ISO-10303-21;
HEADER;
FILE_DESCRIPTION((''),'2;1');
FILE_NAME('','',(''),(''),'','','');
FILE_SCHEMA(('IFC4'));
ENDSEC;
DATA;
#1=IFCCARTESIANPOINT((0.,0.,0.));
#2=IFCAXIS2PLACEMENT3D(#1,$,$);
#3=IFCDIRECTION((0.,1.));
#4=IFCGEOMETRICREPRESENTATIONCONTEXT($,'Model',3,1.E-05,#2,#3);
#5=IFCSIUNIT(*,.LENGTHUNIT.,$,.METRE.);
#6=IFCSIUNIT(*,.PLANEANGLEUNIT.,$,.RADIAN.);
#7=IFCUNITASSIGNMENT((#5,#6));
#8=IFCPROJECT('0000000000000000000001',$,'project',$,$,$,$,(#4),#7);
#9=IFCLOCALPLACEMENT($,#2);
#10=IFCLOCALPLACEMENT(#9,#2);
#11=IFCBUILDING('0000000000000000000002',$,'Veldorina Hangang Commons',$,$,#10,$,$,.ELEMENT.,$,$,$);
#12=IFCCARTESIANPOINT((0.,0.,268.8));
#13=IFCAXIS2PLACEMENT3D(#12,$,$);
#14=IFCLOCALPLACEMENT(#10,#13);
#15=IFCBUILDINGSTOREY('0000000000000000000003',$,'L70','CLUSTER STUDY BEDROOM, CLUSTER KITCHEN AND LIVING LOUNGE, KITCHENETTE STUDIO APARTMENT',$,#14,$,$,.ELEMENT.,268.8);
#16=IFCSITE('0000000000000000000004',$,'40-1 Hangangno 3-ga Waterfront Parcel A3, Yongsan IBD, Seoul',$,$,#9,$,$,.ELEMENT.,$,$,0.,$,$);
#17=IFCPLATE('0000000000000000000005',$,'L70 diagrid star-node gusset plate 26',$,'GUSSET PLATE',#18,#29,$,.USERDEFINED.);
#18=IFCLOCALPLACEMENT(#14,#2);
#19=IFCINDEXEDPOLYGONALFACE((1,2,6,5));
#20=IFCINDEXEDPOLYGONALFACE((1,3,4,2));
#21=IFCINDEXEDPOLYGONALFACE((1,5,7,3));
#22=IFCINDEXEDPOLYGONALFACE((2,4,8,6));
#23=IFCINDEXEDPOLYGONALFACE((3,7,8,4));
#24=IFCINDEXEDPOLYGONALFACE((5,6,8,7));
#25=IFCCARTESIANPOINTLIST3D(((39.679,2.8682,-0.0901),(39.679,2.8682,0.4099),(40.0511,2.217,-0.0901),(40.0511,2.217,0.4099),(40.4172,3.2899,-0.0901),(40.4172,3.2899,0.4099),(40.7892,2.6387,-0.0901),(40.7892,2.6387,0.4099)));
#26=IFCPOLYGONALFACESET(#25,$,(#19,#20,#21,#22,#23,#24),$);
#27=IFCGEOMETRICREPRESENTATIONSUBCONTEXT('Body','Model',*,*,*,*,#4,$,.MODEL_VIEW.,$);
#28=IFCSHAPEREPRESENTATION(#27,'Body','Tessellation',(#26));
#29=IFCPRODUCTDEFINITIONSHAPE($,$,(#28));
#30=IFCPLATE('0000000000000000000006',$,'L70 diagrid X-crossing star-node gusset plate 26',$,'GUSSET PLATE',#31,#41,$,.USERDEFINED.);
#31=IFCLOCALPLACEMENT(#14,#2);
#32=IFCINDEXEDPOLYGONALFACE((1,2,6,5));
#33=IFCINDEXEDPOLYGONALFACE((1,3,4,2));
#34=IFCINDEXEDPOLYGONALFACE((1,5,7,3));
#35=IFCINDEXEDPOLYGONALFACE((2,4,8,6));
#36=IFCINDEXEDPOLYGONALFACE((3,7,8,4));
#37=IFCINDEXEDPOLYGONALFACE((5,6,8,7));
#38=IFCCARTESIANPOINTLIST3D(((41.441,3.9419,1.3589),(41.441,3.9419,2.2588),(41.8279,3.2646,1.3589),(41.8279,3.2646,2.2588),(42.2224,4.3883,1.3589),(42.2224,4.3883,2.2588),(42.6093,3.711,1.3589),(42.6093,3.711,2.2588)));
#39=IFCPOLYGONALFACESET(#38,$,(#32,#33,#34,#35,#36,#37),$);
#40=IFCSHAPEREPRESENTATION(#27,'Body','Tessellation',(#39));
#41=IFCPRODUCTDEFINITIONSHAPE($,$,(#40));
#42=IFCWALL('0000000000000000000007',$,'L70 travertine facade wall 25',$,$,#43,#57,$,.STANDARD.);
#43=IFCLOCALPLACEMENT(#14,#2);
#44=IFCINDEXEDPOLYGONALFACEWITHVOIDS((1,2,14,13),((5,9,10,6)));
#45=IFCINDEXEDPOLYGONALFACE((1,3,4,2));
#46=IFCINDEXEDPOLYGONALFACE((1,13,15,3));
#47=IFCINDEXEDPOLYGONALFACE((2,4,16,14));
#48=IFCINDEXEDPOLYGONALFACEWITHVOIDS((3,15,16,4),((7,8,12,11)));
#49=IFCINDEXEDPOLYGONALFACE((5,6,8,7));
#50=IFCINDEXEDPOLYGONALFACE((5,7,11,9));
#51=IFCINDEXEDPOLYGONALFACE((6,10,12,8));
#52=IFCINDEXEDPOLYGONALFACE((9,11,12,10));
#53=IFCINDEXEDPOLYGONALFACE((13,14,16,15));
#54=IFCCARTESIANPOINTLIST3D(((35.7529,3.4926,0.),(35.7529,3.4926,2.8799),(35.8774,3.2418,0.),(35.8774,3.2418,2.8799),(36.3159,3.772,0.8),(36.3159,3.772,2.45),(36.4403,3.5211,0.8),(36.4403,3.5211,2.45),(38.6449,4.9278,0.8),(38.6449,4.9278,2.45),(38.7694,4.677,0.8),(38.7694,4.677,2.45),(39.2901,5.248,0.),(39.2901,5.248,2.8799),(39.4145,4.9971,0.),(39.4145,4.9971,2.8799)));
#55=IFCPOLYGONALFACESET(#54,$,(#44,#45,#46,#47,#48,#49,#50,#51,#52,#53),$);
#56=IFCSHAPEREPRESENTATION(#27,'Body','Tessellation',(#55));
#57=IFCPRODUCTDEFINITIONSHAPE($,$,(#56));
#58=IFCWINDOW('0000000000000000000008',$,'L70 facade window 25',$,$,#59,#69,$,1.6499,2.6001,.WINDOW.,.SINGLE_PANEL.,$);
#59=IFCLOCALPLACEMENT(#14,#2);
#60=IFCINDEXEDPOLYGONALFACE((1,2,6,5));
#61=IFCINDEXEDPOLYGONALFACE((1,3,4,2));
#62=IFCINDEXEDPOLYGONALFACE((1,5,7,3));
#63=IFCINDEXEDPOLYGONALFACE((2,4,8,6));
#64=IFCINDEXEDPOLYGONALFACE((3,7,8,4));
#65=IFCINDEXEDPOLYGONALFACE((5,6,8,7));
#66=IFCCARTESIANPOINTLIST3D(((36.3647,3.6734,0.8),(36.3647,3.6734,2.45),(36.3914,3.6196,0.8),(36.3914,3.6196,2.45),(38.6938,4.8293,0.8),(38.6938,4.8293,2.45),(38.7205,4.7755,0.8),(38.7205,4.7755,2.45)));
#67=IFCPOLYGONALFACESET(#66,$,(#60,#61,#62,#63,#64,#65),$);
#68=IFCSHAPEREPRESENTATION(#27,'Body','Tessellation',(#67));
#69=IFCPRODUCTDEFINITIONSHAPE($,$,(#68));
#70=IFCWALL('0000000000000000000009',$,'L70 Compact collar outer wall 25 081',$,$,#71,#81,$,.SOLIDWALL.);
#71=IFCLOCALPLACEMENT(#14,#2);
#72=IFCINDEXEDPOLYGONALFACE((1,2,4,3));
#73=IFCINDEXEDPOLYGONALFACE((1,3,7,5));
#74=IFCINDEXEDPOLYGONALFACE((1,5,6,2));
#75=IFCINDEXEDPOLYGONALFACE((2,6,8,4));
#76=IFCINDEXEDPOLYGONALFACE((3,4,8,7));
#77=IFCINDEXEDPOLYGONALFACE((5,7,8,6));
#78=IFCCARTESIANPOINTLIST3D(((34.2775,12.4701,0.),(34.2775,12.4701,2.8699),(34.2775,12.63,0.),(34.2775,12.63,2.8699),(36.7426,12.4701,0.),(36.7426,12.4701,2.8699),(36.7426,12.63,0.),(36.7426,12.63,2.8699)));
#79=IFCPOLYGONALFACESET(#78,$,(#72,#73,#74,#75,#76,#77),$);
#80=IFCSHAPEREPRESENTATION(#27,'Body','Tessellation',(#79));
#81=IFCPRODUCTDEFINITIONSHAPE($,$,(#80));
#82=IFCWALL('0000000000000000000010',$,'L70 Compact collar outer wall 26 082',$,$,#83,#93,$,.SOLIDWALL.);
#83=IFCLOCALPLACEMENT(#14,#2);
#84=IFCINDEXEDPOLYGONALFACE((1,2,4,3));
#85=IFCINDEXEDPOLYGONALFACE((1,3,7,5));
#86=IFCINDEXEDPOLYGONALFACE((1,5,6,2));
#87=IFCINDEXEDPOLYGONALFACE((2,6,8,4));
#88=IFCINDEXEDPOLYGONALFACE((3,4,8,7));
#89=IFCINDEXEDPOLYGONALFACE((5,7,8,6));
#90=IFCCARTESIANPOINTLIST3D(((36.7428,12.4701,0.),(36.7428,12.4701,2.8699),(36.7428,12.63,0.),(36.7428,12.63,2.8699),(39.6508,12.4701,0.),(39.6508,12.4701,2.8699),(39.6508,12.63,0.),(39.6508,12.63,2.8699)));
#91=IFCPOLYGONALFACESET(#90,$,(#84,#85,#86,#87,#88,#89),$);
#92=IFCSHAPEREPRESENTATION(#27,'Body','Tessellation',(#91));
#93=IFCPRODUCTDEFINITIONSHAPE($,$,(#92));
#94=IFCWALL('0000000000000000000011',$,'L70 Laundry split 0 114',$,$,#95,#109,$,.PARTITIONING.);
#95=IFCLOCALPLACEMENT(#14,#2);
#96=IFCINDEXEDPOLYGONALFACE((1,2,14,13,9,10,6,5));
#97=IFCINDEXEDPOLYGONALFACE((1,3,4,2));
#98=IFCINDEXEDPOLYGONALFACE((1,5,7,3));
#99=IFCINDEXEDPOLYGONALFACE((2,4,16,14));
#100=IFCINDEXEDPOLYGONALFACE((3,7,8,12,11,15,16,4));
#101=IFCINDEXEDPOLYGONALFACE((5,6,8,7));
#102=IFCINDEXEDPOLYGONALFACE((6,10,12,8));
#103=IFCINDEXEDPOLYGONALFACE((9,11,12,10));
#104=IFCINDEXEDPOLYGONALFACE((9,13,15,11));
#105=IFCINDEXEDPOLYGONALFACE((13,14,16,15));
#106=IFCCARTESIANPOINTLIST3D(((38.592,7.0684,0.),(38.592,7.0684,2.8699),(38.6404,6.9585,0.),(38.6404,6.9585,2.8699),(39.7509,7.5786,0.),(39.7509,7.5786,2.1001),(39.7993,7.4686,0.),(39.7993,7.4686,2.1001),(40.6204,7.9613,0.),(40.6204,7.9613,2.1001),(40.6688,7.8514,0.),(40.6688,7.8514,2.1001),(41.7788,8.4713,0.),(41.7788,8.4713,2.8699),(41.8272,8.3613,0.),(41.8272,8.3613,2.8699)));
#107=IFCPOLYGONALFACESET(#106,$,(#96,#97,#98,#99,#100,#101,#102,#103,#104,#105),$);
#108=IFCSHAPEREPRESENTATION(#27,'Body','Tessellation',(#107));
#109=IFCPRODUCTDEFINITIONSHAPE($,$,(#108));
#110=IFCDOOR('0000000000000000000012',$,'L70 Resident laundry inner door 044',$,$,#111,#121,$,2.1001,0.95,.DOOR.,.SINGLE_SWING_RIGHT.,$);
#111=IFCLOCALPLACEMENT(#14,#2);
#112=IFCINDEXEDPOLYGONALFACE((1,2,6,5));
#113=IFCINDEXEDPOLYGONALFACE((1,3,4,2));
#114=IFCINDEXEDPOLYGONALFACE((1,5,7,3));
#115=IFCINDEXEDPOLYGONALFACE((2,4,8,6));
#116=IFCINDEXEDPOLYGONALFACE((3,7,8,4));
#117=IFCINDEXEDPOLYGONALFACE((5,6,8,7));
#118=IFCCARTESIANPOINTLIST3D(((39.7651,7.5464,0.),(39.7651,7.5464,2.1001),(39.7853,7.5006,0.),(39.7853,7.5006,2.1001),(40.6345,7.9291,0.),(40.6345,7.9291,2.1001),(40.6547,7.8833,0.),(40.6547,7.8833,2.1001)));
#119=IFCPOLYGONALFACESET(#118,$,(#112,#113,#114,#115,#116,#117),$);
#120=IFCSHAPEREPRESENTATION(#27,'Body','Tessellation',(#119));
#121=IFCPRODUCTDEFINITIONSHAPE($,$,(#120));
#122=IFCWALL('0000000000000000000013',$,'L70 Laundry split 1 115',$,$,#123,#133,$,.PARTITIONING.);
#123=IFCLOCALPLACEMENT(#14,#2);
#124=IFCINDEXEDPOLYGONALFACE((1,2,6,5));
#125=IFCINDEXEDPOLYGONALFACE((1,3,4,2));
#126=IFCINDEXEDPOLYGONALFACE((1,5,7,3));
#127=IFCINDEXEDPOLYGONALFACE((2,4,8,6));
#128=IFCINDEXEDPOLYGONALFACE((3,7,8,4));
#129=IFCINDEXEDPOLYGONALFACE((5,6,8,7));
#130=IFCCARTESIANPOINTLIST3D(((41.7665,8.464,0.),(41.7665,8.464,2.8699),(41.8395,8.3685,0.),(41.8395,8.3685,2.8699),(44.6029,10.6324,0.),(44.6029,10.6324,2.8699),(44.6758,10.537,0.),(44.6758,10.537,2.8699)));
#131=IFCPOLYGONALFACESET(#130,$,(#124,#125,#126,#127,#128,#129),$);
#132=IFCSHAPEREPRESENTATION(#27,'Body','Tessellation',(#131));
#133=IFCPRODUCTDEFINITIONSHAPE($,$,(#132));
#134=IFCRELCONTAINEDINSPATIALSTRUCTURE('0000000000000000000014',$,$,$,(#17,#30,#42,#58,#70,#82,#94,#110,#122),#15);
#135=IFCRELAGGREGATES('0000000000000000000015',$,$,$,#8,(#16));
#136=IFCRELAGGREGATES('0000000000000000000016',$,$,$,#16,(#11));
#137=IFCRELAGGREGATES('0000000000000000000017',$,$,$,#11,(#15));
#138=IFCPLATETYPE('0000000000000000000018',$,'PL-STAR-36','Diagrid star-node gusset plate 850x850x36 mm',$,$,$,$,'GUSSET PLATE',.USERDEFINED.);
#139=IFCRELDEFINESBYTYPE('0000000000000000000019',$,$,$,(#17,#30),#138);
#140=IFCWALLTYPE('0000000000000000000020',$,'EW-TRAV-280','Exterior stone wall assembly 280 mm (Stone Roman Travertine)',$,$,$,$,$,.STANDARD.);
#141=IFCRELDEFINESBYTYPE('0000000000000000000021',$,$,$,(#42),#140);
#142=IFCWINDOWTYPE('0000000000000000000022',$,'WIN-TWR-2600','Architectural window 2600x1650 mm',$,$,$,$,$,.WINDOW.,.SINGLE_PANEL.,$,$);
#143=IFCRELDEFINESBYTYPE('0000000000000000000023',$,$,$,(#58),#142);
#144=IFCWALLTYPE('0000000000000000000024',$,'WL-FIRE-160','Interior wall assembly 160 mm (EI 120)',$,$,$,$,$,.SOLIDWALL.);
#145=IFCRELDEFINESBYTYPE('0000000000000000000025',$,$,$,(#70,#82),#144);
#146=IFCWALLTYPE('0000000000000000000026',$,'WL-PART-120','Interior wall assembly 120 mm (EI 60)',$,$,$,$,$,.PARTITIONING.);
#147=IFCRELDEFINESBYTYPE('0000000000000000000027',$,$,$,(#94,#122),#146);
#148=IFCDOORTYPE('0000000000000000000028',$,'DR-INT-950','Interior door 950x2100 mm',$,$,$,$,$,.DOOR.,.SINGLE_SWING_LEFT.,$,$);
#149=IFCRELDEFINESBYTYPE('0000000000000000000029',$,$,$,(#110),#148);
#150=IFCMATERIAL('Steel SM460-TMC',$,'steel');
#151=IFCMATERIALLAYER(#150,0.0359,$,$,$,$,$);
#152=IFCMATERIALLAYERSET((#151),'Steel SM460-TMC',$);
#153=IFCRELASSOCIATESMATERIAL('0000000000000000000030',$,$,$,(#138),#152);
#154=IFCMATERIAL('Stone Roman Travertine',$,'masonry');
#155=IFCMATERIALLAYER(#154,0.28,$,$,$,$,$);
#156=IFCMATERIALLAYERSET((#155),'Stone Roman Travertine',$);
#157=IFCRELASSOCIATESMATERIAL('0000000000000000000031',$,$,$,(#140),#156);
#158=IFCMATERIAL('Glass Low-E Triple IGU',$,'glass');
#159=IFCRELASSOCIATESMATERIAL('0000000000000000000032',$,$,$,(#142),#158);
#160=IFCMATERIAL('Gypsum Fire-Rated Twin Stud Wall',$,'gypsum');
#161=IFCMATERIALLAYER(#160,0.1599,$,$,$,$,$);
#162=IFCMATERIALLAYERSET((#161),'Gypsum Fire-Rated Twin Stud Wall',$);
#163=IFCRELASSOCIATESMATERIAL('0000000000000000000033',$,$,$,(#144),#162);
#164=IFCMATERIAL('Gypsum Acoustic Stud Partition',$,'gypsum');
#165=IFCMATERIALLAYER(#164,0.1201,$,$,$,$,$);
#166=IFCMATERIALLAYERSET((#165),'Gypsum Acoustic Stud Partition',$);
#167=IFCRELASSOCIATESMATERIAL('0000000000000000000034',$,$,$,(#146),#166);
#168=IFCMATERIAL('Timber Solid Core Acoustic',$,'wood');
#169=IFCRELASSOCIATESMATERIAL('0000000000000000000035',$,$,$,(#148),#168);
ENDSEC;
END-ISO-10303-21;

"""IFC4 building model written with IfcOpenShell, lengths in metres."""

from ifc_helpers import new_model, si_unit, direction, frame, frame_2d, origin, origin_2d, place, context, subcontext, project, spatial, rectangle, extrude, material, layer, layer_set, type_object, element, fill, save


model = new_model("IFC4")

# Units and contexts
model_context = context("Model", 3, precision=1e-05, world=origin(), true_north=direction((0.0, 1.0)))
body_context = subcontext(model_context, "Body", "Model", "MODEL_VIEW")
ifc_project = project(units=[si_unit("LENGTHUNIT", "METRE"), si_unit("PLANEANGLEUNIT", "RADIAN")], contexts=[model_context])

# Site, building, storey
site_placement = place(None, origin())
site = spatial("IfcSite", under=ifc_project, at=site_placement, Name="40-1 Hangangno 3-ga Waterfront Parcel A3, Yongsan IBD, Seoul", CompositionType="ELEMENT", RefElevation=0.0)
building_placement = place(site_placement, origin())
building = spatial("IfcBuilding", under=site, at=building_placement, Name="Veldorina Hangang Commons", CompositionType="ELEMENT")
storey_placement = place(building_placement, frame((0.0, 0.0, 268.8)))
storey = spatial("IfcBuildingStorey", under=building, at=storey_placement, Name="L70", Description="CLUSTER STUDY BEDROOM, CLUSTER KITCHEN AND LIVING LOUNGE, KITCHENETTE STUDIO APARTMENT", CompositionType="ELEMENT", Elevation=268.8)

# Shared definitions
ifc_material_1 = material(Name="Glass Low-E Triple IGU", Category="glass")

# Plates
ifc_material_2 = material(Name="Steel SM460-TMC", Category="steel")
ifc_layer_1 = layer(ifc_material_2, 0.0359)
ifc_layer_set_1 = layer_set([ifc_layer_1], Name="Steel SM460-TMC")
plate_type_1 = type_object("IfcPlateType", Name="PL-STAR-36", Description="Diagrid star-node gusset plate 850x850x36 mm", ElementType="GUSSET PLATE", PredefinedType="USERDEFINED", material=ifc_layer_set_1)
for number, where, z_axis, x_axis, name in (
    (1, (40.2341, 2.7534, -0.0901), (0.0, 0.0, 1.0), (0.868294, 0.49605, 0.0), "L70 diagrid star-node gusset plate 26"),
):
    element("IfcPlate", number, at=place(storey_placement, frame(where, z_axis=z_axis, x_axis=x_axis)), inside=storey, type_object=plate_type_1, Name=name, ObjectType="GUSSET PLATE", PredefinedType="USERDEFINED", context=body_context, shape_type="SweptSolid", body=[
        extrude(rectangle(XDim=0.8501, YDim=0.75, at=origin_2d()), origin(), (0.0, 0.0, 1.0), 0.5),
    ])
plate_1_placement = place(storey_placement, frame((42.0251, 3.8264, 1.3589), z_axis=(0.0, 0.0, 1.0), x_axis=(0.868294, 0.49605, 0.0)))
element("IfcPlate", 2, at=plate_1_placement, inside=storey, type_object=plate_type_1, Name="L70 diagrid X-crossing star-node gusset plate 26", ObjectType="GUSSET PLATE", PredefinedType="USERDEFINED", context=body_context, shape_type="SweptSolid", body=[
    extrude(rectangle(XDim=0.8999, YDim=0.78, at=origin_2d()), origin(), (0.0, 0.0, 1.0), 0.8999),
])

# Wall, opening, window
ifc_material_3 = material(Name="Stone Roman Travertine", Category="masonry")
ifc_layer_2 = layer(ifc_material_3, 0.28)
ifc_layer_set_2 = layer_set([ifc_layer_2], Name="Stone Roman Travertine")
wall_type_1 = type_object("IfcWallType", Name="EW-TRAV-280", Description="Exterior stone wall assembly 280 mm (Stone Roman Travertine)", PredefinedType="STANDARD", material=ifc_layer_set_2)
wall_1_placement = place(storey_placement, frame((35.8152, 3.3672, 0.0), z_axis=(0.0, 0.0, 1.0), x_axis=(0.895759, 0.444541, 0.0)))
wall_1 = element("IfcWall", 3, at=wall_1_placement, inside=storey, type_object=wall_type_1, Name="L70 travertine facade wall 25", PredefinedType="STANDARD", context=body_context, shape_type="SweptSolid", body=[
    extrude(rectangle(XDim=3.9487, YDim=0.28, at=frame_2d((1.9744, 0.0))), origin(), (0.0, 0.0, 1.0), 2.8799),
])
opening_1_placement = place(wall_1_placement, frame((0.6284, 0.0, 0.8)))
opening_1 = element("IfcOpeningElement", 4, at=opening_1_placement, cuts=wall_1, PredefinedType="OPENING", context=body_context, shape_type="SweptSolid", body=[
    extrude(rectangle(XDim=2.6001, YDim=1.6499, at=frame_2d((1.3, 0.825))), frame((0.0, 0.1499, 0.0), z_axis=(0.0, -1.0, 0.0), x_axis=(1.0, 0.0, 0.0)), (0.0, 0.0, 1.0), 0.3),
])
window_type = type_object("IfcWindowType", Name="WIN-TWR-2600", Description="Architectural window 2600x1650 mm", PartitioningType="SINGLE_PANEL", PredefinedType="WINDOW", material=ifc_material_1)
window_placement = place(opening_1_placement, origin())
window = element("IfcWindow", 5, at=window_placement, inside=storey, type_object=window_type, Name="L70 facade window 25", OverallHeight=1.6499, OverallWidth=2.6001, PartitioningType="SINGLE_PANEL", PredefinedType="WINDOW", context=body_context, shape_type="SweptSolid", body=[
    extrude(rectangle(XDim=2.6001, YDim=1.6499, at=frame_2d((1.3, 0.825))), frame((0.0, 0.03, 0.0), z_axis=(0.0, -1.0, 0.0), x_axis=(1.0, 0.0, 0.0)), (0.0, 0.0, 1.0), 0.0601),
])
fill(opening_1, window)

# Walls
ifc_material_4 = material(Name="Gypsum Fire-Rated Twin Stud Wall", Category="gypsum")
ifc_layer_3 = layer(ifc_material_4, 0.1599)
ifc_layer_set_3 = layer_set([ifc_layer_3], Name="Gypsum Fire-Rated Twin Stud Wall")
wall_type_2 = type_object("IfcWallType", Name="WL-FIRE-160", Description="Interior wall assembly 160 mm (EI 120)", PredefinedType="SOLIDWALL", material=ifc_layer_set_3)
wall_2_placement = place(storey_placement, frame((34.2776, 12.55, 0.0), z_axis=(0.0, 0.0, 1.0), x_axis=(1.0, 0.0, 0.0)))
element("IfcWall", 6, at=wall_2_placement, inside=storey, type_object=wall_type_2, Name="L70 Compact collar outer wall 25 081", PredefinedType="SOLIDWALL", context=body_context, shape_type="SweptSolid", body=[
    extrude(rectangle(XDim=2.4651, YDim=0.1599, at=frame_2d((1.2324, 0.0))), origin(), (0.0, 0.0, 1.0), 2.8699),
])
wall_3_placement = place(storey_placement, frame((36.7427, 12.55, 0.0), z_axis=(0.0, 0.0, 1.0), x_axis=(1.0, 0.0, 0.0)))
element("IfcWall", 7, at=wall_3_placement, inside=storey, type_object=wall_type_2, Name="L70 Compact collar outer wall 26 082", PredefinedType="SOLIDWALL", context=body_context, shape_type="SweptSolid", body=[
    extrude(rectangle(XDim=2.908, YDim=0.1599, at=frame_2d((1.4541, 0.0))), origin(), (0.0, 0.0, 1.0), 2.8699),
])

# Wall, opening, door
ifc_material_5 = material(Name="Gypsum Acoustic Stud Partition", Category="gypsum")
ifc_layer_4 = layer(ifc_material_5, 0.1201)
ifc_layer_set_4 = layer_set([ifc_layer_4], Name="Gypsum Acoustic Stud Partition")
wall_type_3 = type_object("IfcWallType", Name="WL-PART-120", Description="Interior wall assembly 120 mm (EI 60)", PredefinedType="PARTITIONING", material=ifc_layer_set_4)
wall_4_placement = place(storey_placement, frame((38.6162, 7.0134, 0.0), z_axis=(0.0, 0.0, 1.0), x_axis=(0.915246, 0.402896, 0.0)))
wall_4 = element("IfcWall", 8, at=wall_4_placement, inside=storey, type_object=wall_type_3, Name="L70 Laundry split 0 114", PredefinedType="PARTITIONING", context=body_context, shape_type="SweptSolid", body=[
    extrude(rectangle(XDim=3.4819, YDim=0.1201, at=frame_2d((1.741, 0.0))), origin(), (0.0, 0.0, 1.0), 2.8699),
])
opening_2_placement = place(wall_4_placement, frame((1.2661, 0.0, 0.0)))
opening_2 = element("IfcOpeningElement", 9, at=opening_2_placement, cuts=wall_4, PredefinedType="OPENING", context=body_context, shape_type="SweptSolid", body=[
    extrude(rectangle(XDim=0.95, YDim=2.1001, at=frame_2d((0.4751, 1.05))), frame((0.0, 0.0701, 0.0), z_axis=(0.0, -1.0, 0.0), x_axis=(1.0, 0.0, 0.0)), (0.0, 0.0, 1.0), 0.1401),
])
ifc_material_6 = material(Name="Timber Solid Core Acoustic", Category="wood")
door_type = type_object("IfcDoorType", Name="DR-INT-950", Description="Interior door 950x2100 mm", OperationType="SINGLE_SWING_LEFT", PredefinedType="DOOR", material=ifc_material_6)
door_placement = place(opening_2_placement, origin())
door = element("IfcDoor", 10, at=door_placement, inside=storey, type_object=door_type, Name="L70 Resident laundry inner door 044", OperationType="SINGLE_SWING_RIGHT", OverallHeight=2.1001, OverallWidth=0.95, PredefinedType="DOOR", context=body_context, shape_type="SweptSolid", body=[
    extrude(rectangle(XDim=0.95, YDim=2.1001, at=frame_2d((0.4751, 1.05))), frame((0.0, 0.0249, 0.0), z_axis=(0.0, -1.0, 0.0), x_axis=(1.0, 0.0, 0.0)), (0.0, 0.0, 1.0), 0.05),
])
fill(opening_2, door)

# Wall
wall_5_placement = place(storey_placement, frame((41.803, 8.4163, 0.0), z_axis=(0.0, 0.0, 1.0), x_axis=(0.794435, 0.607349, 0.0)))
element("IfcWall", 11, at=wall_5_placement, inside=storey, type_object=wall_type_3, Name="L70 Laundry split 1 115", PredefinedType="PARTITIONING", context=body_context, shape_type="SweptSolid", body=[
    extrude(rectangle(XDim=3.5703, YDim=0.1201, at=frame_2d((1.7852, 0.0))), origin(), (0.0, 0.0, 1.0), 2.8699),
])

save(model, "model.ifc")
